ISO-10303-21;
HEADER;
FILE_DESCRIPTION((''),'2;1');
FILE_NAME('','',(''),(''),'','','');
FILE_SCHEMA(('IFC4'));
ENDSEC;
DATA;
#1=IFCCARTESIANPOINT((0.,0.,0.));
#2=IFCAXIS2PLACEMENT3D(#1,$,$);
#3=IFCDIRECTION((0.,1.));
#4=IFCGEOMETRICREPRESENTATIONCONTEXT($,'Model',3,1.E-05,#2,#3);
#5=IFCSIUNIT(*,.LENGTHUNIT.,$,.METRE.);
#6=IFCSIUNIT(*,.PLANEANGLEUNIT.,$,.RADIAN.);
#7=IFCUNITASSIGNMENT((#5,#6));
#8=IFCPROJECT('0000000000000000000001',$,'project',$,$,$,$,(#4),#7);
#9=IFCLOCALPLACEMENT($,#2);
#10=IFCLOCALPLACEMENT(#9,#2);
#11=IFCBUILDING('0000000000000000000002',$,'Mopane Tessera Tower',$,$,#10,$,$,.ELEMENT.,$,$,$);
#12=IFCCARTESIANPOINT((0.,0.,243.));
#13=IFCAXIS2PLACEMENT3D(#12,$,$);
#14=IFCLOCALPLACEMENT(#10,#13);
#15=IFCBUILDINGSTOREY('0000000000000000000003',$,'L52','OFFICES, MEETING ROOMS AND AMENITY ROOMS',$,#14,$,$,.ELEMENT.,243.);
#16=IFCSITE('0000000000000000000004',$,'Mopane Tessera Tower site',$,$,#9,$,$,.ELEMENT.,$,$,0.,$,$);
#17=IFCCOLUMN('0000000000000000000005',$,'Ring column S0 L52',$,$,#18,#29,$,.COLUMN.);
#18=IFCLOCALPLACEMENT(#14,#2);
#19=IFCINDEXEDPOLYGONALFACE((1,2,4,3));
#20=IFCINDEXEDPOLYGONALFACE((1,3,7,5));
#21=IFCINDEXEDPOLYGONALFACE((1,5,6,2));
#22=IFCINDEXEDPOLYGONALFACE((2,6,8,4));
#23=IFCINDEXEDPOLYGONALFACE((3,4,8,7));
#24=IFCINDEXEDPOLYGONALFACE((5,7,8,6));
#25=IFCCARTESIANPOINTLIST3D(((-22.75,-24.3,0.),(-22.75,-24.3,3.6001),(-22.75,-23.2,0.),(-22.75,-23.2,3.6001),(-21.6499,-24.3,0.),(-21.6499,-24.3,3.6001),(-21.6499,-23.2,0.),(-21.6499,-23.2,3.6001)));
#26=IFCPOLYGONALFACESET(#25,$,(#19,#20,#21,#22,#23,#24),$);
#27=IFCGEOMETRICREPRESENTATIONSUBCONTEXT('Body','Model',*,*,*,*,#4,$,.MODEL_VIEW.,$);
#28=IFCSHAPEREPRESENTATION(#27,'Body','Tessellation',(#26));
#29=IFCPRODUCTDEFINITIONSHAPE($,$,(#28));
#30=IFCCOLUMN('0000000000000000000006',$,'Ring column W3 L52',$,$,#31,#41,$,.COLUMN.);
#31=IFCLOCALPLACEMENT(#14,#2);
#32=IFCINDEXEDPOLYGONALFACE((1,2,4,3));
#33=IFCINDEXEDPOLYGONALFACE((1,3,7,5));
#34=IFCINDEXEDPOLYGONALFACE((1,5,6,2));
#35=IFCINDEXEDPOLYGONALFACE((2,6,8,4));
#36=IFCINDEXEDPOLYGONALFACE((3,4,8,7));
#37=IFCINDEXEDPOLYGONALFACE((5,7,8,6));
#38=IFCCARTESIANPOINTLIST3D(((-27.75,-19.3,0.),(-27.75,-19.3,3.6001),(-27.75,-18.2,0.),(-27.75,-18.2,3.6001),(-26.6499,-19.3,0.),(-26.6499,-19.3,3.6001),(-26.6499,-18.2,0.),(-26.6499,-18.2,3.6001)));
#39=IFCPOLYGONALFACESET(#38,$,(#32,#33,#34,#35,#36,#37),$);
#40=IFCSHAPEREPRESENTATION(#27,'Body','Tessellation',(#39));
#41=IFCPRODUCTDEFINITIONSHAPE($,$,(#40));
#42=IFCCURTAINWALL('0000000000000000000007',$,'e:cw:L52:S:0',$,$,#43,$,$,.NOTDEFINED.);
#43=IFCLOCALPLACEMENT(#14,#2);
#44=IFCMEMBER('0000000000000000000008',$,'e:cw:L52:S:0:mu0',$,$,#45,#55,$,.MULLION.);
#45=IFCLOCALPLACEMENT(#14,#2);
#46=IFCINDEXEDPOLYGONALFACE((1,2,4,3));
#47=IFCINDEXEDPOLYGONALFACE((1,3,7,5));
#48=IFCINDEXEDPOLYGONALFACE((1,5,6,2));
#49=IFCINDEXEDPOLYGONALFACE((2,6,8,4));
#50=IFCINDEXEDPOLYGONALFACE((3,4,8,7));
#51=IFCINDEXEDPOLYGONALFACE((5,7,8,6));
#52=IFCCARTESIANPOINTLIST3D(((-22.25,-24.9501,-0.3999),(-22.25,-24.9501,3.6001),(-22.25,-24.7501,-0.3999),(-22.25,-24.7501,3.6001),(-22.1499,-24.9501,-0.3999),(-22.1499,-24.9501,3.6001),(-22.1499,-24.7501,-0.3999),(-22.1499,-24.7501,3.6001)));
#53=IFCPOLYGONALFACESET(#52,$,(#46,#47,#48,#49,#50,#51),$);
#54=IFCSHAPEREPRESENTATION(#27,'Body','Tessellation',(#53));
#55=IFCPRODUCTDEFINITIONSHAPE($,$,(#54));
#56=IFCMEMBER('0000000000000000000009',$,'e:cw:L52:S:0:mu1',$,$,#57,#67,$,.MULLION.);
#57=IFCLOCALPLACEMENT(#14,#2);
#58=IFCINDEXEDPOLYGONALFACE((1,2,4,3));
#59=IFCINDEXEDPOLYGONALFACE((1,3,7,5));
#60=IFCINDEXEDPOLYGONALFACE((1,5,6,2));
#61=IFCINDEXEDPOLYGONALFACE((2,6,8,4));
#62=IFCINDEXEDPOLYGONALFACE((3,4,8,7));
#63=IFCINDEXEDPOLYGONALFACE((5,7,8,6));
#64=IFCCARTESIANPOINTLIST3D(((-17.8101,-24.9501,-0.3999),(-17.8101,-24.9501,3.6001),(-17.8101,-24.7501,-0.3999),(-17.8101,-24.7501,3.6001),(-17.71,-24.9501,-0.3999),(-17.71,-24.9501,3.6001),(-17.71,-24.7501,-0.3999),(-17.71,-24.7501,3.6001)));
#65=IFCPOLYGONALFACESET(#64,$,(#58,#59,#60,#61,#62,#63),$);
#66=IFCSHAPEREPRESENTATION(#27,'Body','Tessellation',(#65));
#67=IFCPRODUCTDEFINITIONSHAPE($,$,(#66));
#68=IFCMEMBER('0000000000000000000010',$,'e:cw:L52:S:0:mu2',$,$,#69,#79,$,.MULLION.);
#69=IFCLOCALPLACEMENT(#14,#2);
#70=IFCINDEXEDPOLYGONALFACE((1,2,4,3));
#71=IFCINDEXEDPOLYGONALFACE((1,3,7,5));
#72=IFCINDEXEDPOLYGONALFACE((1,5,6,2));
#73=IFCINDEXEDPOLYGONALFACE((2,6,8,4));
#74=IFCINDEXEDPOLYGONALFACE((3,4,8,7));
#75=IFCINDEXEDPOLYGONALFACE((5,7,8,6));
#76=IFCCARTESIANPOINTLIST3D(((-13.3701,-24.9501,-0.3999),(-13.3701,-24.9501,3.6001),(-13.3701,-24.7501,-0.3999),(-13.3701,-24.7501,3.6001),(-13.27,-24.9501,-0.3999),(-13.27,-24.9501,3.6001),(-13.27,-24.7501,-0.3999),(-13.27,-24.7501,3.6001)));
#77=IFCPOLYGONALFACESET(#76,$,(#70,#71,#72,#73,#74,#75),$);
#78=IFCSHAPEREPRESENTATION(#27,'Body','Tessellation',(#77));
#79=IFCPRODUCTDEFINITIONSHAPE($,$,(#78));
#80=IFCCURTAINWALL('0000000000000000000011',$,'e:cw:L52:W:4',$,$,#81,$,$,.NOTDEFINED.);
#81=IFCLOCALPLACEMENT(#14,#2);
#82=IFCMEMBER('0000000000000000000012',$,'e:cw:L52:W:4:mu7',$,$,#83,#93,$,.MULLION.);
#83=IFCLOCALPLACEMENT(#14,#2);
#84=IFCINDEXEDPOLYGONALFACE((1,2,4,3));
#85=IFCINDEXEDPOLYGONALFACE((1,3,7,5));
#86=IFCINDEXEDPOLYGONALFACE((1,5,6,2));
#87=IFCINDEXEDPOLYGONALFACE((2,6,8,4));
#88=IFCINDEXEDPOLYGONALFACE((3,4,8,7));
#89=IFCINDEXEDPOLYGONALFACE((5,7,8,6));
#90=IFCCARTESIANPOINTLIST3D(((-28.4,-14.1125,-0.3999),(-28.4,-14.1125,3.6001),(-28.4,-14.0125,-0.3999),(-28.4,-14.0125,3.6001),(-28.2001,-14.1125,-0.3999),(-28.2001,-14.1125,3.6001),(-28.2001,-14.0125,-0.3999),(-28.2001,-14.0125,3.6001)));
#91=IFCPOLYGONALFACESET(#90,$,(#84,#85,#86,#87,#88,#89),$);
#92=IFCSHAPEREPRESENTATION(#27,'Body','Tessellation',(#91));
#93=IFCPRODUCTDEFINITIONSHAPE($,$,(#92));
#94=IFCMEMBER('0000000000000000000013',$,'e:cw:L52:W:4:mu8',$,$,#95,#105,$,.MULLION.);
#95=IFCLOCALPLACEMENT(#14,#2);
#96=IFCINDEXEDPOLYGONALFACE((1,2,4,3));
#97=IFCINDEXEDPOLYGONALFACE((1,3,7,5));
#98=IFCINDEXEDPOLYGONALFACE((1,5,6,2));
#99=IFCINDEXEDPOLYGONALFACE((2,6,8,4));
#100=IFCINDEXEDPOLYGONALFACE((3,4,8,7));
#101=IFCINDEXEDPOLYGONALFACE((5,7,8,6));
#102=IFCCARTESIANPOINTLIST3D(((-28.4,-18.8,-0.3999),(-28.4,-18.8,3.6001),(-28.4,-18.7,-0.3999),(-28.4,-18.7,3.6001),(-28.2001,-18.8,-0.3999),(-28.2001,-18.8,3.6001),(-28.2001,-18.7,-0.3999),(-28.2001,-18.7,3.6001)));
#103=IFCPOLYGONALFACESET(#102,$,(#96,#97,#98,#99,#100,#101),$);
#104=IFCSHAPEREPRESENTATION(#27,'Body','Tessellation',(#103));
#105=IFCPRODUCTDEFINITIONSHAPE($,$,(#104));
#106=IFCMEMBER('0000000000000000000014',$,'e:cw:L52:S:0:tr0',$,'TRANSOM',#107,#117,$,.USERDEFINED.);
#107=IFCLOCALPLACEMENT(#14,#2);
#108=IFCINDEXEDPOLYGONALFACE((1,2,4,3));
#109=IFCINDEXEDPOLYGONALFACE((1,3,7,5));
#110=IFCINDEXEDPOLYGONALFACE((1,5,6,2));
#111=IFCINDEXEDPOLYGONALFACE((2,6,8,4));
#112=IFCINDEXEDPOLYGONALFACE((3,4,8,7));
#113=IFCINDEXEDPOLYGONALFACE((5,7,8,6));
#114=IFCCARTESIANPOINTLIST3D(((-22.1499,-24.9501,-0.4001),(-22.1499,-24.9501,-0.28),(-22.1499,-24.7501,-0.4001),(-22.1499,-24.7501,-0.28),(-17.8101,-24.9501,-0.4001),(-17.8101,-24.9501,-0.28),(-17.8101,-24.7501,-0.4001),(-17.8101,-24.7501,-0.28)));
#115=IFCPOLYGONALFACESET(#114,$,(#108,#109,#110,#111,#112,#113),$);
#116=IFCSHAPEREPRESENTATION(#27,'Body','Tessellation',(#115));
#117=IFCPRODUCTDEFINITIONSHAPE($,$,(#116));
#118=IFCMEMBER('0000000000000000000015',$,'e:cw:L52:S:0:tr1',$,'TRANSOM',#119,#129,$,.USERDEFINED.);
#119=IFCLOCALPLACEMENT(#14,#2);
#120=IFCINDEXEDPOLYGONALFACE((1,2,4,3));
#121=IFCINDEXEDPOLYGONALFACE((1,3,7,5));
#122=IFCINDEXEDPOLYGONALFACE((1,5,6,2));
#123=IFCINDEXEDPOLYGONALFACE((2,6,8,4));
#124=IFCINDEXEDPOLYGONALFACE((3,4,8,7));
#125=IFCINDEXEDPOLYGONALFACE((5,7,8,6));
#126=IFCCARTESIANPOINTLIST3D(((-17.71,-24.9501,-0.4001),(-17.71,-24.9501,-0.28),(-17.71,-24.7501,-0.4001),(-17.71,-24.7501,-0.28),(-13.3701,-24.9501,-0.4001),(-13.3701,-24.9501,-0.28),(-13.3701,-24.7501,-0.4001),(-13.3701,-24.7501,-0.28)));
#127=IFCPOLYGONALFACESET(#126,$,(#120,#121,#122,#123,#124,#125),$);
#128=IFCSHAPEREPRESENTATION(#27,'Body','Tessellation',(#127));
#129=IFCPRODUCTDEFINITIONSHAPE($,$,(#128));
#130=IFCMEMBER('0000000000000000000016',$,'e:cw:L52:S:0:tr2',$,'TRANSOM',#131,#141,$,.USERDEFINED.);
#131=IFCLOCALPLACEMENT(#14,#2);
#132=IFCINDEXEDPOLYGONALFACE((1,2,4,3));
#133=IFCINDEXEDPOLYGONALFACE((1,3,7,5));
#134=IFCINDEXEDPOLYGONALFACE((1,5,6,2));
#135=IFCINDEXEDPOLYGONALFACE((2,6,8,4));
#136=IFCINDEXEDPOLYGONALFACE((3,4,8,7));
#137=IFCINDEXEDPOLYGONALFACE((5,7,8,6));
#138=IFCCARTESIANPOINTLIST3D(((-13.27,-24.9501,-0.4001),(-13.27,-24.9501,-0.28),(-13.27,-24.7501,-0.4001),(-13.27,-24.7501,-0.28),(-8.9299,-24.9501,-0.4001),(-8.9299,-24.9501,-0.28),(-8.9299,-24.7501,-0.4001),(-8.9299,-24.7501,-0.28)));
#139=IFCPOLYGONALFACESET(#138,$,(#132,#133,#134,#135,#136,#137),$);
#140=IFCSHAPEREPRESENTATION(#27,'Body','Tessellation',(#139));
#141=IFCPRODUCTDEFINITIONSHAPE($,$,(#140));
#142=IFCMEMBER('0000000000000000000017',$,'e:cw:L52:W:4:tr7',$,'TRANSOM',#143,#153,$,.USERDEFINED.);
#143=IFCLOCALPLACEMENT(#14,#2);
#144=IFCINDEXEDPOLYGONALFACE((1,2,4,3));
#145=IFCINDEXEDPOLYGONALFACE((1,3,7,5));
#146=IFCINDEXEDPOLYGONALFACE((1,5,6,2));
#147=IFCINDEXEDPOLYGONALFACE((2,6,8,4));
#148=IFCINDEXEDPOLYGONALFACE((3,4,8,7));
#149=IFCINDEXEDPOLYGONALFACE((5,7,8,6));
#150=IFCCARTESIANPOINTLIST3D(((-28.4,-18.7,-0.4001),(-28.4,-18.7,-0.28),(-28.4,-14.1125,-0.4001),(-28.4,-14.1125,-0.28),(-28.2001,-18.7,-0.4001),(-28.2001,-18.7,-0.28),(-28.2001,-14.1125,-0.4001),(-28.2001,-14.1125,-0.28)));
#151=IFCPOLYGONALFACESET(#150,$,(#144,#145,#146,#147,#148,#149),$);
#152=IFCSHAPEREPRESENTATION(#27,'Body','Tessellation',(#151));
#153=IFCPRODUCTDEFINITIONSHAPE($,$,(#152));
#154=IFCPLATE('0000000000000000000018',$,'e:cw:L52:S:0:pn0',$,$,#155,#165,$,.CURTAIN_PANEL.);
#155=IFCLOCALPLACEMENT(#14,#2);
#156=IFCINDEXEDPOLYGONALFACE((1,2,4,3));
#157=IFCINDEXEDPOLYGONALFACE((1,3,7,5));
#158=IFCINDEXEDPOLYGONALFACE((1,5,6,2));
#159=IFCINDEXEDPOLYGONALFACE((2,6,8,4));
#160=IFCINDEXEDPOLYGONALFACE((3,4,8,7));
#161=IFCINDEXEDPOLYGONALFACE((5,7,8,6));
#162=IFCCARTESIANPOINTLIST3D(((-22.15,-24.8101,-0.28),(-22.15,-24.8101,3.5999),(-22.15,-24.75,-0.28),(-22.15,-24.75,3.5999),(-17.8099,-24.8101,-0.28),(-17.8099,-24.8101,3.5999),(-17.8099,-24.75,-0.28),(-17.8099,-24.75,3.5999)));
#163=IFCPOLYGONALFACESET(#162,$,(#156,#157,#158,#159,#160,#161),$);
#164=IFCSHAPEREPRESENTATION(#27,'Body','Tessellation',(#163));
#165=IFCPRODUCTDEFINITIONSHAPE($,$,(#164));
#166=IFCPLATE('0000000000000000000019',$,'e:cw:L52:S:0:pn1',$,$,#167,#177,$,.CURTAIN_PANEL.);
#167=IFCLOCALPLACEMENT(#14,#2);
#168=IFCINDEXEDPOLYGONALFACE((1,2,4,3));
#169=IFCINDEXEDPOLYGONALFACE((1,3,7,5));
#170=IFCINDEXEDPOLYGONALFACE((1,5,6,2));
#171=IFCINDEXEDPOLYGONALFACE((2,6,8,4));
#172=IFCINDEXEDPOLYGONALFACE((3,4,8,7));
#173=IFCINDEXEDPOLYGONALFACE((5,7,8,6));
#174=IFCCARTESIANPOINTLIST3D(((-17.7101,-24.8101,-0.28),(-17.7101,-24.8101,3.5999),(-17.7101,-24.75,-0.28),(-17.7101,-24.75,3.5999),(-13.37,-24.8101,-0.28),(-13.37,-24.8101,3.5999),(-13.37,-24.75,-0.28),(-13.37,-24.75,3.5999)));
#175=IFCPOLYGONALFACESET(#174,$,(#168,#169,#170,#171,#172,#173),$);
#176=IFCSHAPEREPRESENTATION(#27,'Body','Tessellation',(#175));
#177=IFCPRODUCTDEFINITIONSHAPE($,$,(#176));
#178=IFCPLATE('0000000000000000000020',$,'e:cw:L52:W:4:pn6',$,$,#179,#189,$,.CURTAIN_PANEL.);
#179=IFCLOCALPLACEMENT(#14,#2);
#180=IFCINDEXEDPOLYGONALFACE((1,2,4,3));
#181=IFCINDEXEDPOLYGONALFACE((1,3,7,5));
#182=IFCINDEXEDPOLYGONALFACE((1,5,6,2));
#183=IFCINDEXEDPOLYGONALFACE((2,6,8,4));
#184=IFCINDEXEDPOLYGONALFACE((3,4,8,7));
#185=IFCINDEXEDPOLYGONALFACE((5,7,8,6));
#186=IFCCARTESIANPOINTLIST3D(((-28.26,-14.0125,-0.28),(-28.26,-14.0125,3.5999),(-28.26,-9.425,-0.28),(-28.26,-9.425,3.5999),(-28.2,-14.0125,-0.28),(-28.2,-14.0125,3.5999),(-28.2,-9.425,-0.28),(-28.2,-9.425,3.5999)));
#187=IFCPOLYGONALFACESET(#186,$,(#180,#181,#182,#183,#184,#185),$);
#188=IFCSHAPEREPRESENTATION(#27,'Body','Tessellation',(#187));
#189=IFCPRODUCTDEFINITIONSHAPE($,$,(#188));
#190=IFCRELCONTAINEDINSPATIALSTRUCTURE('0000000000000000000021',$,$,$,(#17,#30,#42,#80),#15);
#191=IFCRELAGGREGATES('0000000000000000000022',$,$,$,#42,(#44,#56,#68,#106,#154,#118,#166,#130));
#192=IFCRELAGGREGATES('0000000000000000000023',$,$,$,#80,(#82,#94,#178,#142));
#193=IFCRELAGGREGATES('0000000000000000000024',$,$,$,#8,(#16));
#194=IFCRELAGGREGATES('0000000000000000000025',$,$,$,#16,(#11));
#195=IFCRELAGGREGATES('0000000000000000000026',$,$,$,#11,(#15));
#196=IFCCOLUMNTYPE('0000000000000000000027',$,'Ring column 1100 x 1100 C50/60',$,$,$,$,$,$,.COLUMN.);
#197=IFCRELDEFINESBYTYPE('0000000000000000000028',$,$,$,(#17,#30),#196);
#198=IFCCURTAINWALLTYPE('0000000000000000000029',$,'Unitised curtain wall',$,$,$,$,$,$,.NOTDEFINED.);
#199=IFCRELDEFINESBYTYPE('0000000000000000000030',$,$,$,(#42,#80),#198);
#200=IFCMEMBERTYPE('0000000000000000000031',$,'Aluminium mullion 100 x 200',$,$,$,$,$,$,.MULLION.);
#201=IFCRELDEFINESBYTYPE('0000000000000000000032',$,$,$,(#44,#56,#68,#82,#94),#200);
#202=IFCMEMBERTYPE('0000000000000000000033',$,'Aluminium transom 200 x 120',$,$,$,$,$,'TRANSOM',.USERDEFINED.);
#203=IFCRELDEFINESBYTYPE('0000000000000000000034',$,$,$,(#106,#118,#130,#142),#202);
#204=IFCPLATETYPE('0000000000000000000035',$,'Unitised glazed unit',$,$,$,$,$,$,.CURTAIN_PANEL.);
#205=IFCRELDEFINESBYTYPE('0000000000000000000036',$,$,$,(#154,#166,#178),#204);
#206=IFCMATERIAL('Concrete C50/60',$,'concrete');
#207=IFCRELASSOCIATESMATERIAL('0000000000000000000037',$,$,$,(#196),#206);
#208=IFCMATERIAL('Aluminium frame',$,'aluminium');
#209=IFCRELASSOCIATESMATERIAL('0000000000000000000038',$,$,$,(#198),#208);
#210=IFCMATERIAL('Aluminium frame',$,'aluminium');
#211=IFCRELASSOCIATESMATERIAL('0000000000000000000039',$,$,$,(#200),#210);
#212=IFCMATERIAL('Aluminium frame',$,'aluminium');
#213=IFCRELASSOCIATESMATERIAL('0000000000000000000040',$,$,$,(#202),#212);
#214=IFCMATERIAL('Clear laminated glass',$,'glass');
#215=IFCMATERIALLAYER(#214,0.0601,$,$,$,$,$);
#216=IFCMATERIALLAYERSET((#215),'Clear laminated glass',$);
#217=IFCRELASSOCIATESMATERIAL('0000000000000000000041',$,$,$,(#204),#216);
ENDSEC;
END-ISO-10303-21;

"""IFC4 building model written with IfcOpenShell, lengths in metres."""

from ifc_helpers import new_model, si_unit, direction, frame, origin, origin_2d, place, context, subcontext, project, spatial, rectangle, extrude, material, layer, layer_set, material_profile, profile_set, type_object, element, aggregate, save


model = new_model("IFC4")

# Units and contexts
model_context = context("Model", 3, precision=1e-05, world=origin(), true_north=direction((0.0, 1.0)))
body_context = subcontext(model_context, "Body", "Model", "MODEL_VIEW")
ifc_project = project(units=[si_unit("LENGTHUNIT", "METRE"), si_unit("PLANEANGLEUNIT", "RADIAN")], contexts=[model_context])

# Site, building, storey
site_placement = place(None, origin())
site = spatial("IfcSite", under=ifc_project, at=site_placement, Name="Mopane Tessera Tower site", CompositionType="ELEMENT", RefElevation=0.0)
building_placement = place(site_placement, origin())
building = spatial("IfcBuilding", under=site, at=building_placement, Name="Mopane Tessera Tower", CompositionType="ELEMENT")
storey_placement = place(building_placement, frame((0.0, 0.0, 243.0)))
storey = spatial("IfcBuildingStorey", under=building, at=storey_placement, Name="L52", Description="OFFICES, MEETING ROOMS AND AMENITY ROOMS", CompositionType="ELEMENT", Elevation=243.0)

# Columns
ifc_material_1 = material(Name="Concrete C50/60", Category="concrete")
ifc_material_profile_1 = material_profile(ifc_material_1, rectangle(XDim=1.1001, YDim=1.1001, at=origin_2d()))
ifc_profile_set_1 = profile_set([ifc_material_profile_1], Name="Concrete C50/60")
column_type = type_object("IfcColumnType", Name="Ring column 1100 x 1100 C50/60", PredefinedType="COLUMN", material=ifc_profile_set_1)
for number, where, z_axis, x_axis, name in (
    (1, (-22.2, -23.75, 0.0), (0.0, 0.0, 1.0), (1.0, 0.0, 0.0), "Ring column S0 L52"),
    (2, (-27.2, -18.75, 0.0), (0.0, 0.0, 1.0), (1.0, 0.0, 0.0), "Ring column W3 L52"),
):
    element("IfcColumn", number, at=place(storey_placement, frame(where, z_axis=z_axis, x_axis=x_axis)), inside=storey, type_object=column_type, Name=name, PredefinedType="COLUMN", context=body_context, shape_type="SweptSolid", body=[
        extrude(rectangle(XDim=1.1001, YDim=1.1001, at=origin_2d()), origin(), (0.0, 0.0, 1.0), 3.6001),
    ])

# Curtain walls, members
ifc_material_2 = material(Name="Aluminium frame", Category="aluminium")
curtain_wall_type = type_object("IfcCurtainWallType", Name="Unitised curtain wall", PredefinedType="NOTDEFINED", material=ifc_material_2)
curtain_wall_1_placement = place(storey_placement, origin())
curtain_wall_1 = element("IfcCurtainWall", 3, at=curtain_wall_1_placement, inside=storey, type_object=curtain_wall_type, Name="e:cw:L52:S:0", PredefinedType="NOTDEFINED")
ifc_material_3 = material(Name="Aluminium frame", Category="aluminium")
ifc_material_profile_2 = material_profile(ifc_material_3, rectangle(XDim=0.1001, YDim=0.2, at=origin_2d()))
ifc_profile_set_2 = profile_set([ifc_material_profile_2], Name="Aluminium frame")
member_type_1 = type_object("IfcMemberType", Name="Aluminium mullion 100 x 200", PredefinedType="MULLION", material=ifc_profile_set_2)
member_1_placement = place(storey_placement, frame((-22.2, -24.8501, -0.3999), z_axis=(0.0, 0.0, 1.0), x_axis=(1.0, 0.0, 0.0)))
member_1 = element("IfcMember", 4, at=member_1_placement, type_object=member_type_1, Name="e:cw:L52:S:0:mu0", PredefinedType="MULLION", context=body_context, shape_type="SweptSolid", body=[
    extrude(rectangle(XDim=0.1001, YDim=0.2, at=origin_2d()), origin(), (0.0, 0.0, 1.0), 4.0),
])
member_2_placement = place(storey_placement, frame((-17.76, -24.8501, -0.3999), z_axis=(0.0, 0.0, 1.0), x_axis=(1.0, 0.0, 0.0)))
member_2 = element("IfcMember", 5, at=member_2_placement, type_object=member_type_1, Name="e:cw:L52:S:0:mu1", PredefinedType="MULLION", context=body_context, shape_type="SweptSolid", body=[
    extrude(rectangle(XDim=0.1001, YDim=0.2, at=origin_2d()), origin(), (0.0, 0.0, 1.0), 4.0),
])
member_3_placement = place(storey_placement, frame((-13.3201, -24.8501, -0.3999), z_axis=(0.0, 0.0, 1.0), x_axis=(1.0, 0.0, 0.0)))
member_3 = element("IfcMember", 6, at=member_3_placement, type_object=member_type_1, Name="e:cw:L52:S:0:mu2", PredefinedType="MULLION", context=body_context, shape_type="SweptSolid", body=[
    extrude(rectangle(XDim=0.1001, YDim=0.2, at=origin_2d()), origin(), (0.0, 0.0, 1.0), 4.0),
])
curtain_wall_2_placement = place(storey_placement, origin())
curtain_wall_2 = element("IfcCurtainWall", 7, at=curtain_wall_2_placement, inside=storey, type_object=curtain_wall_type, Name="e:cw:L52:W:4", PredefinedType="NOTDEFINED")
member_4_placement = place(storey_placement, frame((-28.3, -14.0625, -0.3999), z_axis=(0.0, 0.0, 1.0), x_axis=(0.0, -1.0, 0.0)))
member_4 = element("IfcMember", 8, at=member_4_placement, type_object=member_type_1, Name="e:cw:L52:W:4:mu7", PredefinedType="MULLION", context=body_context, shape_type="SweptSolid", body=[
    extrude(rectangle(XDim=0.1001, YDim=0.2, at=origin_2d()), origin(), (0.0, 0.0, 1.0), 4.0),
])
member_5_placement = place(storey_placement, frame((-28.3, -18.75, -0.3999), z_axis=(0.0, 0.0, 1.0), x_axis=(0.0, -1.0, 0.0)))
member_5 = element("IfcMember", 9, at=member_5_placement, type_object=member_type_1, Name="e:cw:L52:W:4:mu8", PredefinedType="MULLION", context=body_context, shape_type="SweptSolid", body=[
    extrude(rectangle(XDim=0.1001, YDim=0.2, at=origin_2d()), origin(), (0.0, 0.0, 1.0), 4.0),
])

# Members
ifc_material_4 = material(Name="Aluminium frame", Category="aluminium")
ifc_material_profile_3 = material_profile(ifc_material_4, rectangle(XDim=0.2, YDim=0.1201, at=origin_2d()))
ifc_profile_set_3 = profile_set([ifc_material_profile_3], Name="Aluminium frame")
member_type_2 = type_object("IfcMemberType", Name="Aluminium transom 200 x 120", ElementType="TRANSOM", PredefinedType="USERDEFINED", material=ifc_profile_set_3)
member_6_placement = place(storey_placement, frame((-22.1499, -24.8501, -0.3401), z_axis=(1.0, 0.0, 0.0), x_axis=(0.0, 1.0, 0.0)))
member_6 = element("IfcMember", 10, at=member_6_placement, type_object=member_type_2, Name="e:cw:L52:S:0:tr0", ObjectType="TRANSOM", PredefinedType="USERDEFINED", context=body_context, shape_type="SweptSolid", body=[
    extrude(rectangle(XDim=0.2, YDim=0.1201, at=origin_2d()), origin(), (0.0, 0.0, 1.0), 4.3398),
])
member_7_placement = place(storey_placement, frame((-17.71, -24.8501, -0.3401), z_axis=(1.0, 0.0, 0.0), x_axis=(0.0, 1.0, 0.0)))
member_7 = element("IfcMember", 11, at=member_7_placement, type_object=member_type_2, Name="e:cw:L52:S:0:tr1", ObjectType="TRANSOM", PredefinedType="USERDEFINED", context=body_context, shape_type="SweptSolid", body=[
    extrude(rectangle(XDim=0.2, YDim=0.1201, at=origin_2d()), origin(), (0.0, 0.0, 1.0), 4.3398),
])
member_8_placement = place(storey_placement, frame((-13.27, -24.8501, -0.3401), z_axis=(1.0, 0.0, 0.0), x_axis=(0.0, 1.0, 0.0)))
member_8 = element("IfcMember", 12, at=member_8_placement, type_object=member_type_2, Name="e:cw:L52:S:0:tr2", ObjectType="TRANSOM", PredefinedType="USERDEFINED", context=body_context, shape_type="SweptSolid", body=[
    extrude(rectangle(XDim=0.2, YDim=0.1201, at=origin_2d()), origin(), (0.0, 0.0, 1.0), 4.3401),
])
member_9_placement = place(storey_placement, frame((-28.3, -14.1125, -0.3401), z_axis=(0.0, -1.0, 0.0), x_axis=(1.0, 0.0, 0.0)))
member_9 = element("IfcMember", 13, at=member_9_placement, type_object=member_type_2, Name="e:cw:L52:W:4:tr7", ObjectType="TRANSOM", PredefinedType="USERDEFINED", context=body_context, shape_type="SweptSolid", body=[
    extrude(rectangle(XDim=0.2, YDim=0.1201, at=origin_2d()), origin(), (0.0, 0.0, 1.0), 4.5874),
])

# Plates
ifc_material_5 = material(Name="Clear laminated glass", Category="glass")
ifc_layer = layer(ifc_material_5, 0.0601)
ifc_layer_set = layer_set([ifc_layer], Name="Clear laminated glass")
plate_type = type_object("IfcPlateType", Name="Unitised glazed unit", PredefinedType="CURTAIN_PANEL", material=ifc_layer_set)
plate_1_placement = place(storey_placement, frame((-19.98, -24.78, -0.28), z_axis=(0.0, 0.0, 1.0), x_axis=(1.0, 0.0, 0.0)))
plate_1 = element("IfcPlate", 14, at=plate_1_placement, type_object=plate_type, Name="e:cw:L52:S:0:pn0", PredefinedType="CURTAIN_PANEL", context=body_context, shape_type="SweptSolid", body=[
    extrude(rectangle(XDim=4.3401, YDim=0.0601, at=origin_2d()), origin(), (0.0, 0.0, 1.0), 3.8799),
])
plate_2_placement = place(storey_placement, frame((-15.54, -24.78, -0.28), z_axis=(0.0, 0.0, 1.0), x_axis=(1.0, 0.0, 0.0)))
plate_2 = element("IfcPlate", 15, at=plate_2_placement, type_object=plate_type, Name="e:cw:L52:S:0:pn1", PredefinedType="CURTAIN_PANEL", context=body_context, shape_type="SweptSolid", body=[
    extrude(rectangle(XDim=4.3401, YDim=0.0601, at=origin_2d()), origin(), (0.0, 0.0, 1.0), 3.8799),
])
aggregate(curtain_wall_1, [member_1, member_2, member_3, member_6, plate_1, member_7, plate_2, member_8])
plate_3_placement = place(storey_placement, frame((-28.23, -11.7188, -0.28), z_axis=(0.0, 0.0, 1.0), x_axis=(0.0, -1.0, 0.0)))
plate_3 = element("IfcPlate", 16, at=plate_3_placement, type_object=plate_type, Name="e:cw:L52:W:4:pn6", PredefinedType="CURTAIN_PANEL", context=body_context, shape_type="SweptSolid", body=[
    extrude(rectangle(XDim=4.5874, YDim=0.0601, at=origin_2d()), origin(), (0.0, 0.0, 1.0), 3.8799),
])
aggregate(curtain_wall_2, [member_4, member_5, plate_3, member_9])

save(model, "model.ifc")
